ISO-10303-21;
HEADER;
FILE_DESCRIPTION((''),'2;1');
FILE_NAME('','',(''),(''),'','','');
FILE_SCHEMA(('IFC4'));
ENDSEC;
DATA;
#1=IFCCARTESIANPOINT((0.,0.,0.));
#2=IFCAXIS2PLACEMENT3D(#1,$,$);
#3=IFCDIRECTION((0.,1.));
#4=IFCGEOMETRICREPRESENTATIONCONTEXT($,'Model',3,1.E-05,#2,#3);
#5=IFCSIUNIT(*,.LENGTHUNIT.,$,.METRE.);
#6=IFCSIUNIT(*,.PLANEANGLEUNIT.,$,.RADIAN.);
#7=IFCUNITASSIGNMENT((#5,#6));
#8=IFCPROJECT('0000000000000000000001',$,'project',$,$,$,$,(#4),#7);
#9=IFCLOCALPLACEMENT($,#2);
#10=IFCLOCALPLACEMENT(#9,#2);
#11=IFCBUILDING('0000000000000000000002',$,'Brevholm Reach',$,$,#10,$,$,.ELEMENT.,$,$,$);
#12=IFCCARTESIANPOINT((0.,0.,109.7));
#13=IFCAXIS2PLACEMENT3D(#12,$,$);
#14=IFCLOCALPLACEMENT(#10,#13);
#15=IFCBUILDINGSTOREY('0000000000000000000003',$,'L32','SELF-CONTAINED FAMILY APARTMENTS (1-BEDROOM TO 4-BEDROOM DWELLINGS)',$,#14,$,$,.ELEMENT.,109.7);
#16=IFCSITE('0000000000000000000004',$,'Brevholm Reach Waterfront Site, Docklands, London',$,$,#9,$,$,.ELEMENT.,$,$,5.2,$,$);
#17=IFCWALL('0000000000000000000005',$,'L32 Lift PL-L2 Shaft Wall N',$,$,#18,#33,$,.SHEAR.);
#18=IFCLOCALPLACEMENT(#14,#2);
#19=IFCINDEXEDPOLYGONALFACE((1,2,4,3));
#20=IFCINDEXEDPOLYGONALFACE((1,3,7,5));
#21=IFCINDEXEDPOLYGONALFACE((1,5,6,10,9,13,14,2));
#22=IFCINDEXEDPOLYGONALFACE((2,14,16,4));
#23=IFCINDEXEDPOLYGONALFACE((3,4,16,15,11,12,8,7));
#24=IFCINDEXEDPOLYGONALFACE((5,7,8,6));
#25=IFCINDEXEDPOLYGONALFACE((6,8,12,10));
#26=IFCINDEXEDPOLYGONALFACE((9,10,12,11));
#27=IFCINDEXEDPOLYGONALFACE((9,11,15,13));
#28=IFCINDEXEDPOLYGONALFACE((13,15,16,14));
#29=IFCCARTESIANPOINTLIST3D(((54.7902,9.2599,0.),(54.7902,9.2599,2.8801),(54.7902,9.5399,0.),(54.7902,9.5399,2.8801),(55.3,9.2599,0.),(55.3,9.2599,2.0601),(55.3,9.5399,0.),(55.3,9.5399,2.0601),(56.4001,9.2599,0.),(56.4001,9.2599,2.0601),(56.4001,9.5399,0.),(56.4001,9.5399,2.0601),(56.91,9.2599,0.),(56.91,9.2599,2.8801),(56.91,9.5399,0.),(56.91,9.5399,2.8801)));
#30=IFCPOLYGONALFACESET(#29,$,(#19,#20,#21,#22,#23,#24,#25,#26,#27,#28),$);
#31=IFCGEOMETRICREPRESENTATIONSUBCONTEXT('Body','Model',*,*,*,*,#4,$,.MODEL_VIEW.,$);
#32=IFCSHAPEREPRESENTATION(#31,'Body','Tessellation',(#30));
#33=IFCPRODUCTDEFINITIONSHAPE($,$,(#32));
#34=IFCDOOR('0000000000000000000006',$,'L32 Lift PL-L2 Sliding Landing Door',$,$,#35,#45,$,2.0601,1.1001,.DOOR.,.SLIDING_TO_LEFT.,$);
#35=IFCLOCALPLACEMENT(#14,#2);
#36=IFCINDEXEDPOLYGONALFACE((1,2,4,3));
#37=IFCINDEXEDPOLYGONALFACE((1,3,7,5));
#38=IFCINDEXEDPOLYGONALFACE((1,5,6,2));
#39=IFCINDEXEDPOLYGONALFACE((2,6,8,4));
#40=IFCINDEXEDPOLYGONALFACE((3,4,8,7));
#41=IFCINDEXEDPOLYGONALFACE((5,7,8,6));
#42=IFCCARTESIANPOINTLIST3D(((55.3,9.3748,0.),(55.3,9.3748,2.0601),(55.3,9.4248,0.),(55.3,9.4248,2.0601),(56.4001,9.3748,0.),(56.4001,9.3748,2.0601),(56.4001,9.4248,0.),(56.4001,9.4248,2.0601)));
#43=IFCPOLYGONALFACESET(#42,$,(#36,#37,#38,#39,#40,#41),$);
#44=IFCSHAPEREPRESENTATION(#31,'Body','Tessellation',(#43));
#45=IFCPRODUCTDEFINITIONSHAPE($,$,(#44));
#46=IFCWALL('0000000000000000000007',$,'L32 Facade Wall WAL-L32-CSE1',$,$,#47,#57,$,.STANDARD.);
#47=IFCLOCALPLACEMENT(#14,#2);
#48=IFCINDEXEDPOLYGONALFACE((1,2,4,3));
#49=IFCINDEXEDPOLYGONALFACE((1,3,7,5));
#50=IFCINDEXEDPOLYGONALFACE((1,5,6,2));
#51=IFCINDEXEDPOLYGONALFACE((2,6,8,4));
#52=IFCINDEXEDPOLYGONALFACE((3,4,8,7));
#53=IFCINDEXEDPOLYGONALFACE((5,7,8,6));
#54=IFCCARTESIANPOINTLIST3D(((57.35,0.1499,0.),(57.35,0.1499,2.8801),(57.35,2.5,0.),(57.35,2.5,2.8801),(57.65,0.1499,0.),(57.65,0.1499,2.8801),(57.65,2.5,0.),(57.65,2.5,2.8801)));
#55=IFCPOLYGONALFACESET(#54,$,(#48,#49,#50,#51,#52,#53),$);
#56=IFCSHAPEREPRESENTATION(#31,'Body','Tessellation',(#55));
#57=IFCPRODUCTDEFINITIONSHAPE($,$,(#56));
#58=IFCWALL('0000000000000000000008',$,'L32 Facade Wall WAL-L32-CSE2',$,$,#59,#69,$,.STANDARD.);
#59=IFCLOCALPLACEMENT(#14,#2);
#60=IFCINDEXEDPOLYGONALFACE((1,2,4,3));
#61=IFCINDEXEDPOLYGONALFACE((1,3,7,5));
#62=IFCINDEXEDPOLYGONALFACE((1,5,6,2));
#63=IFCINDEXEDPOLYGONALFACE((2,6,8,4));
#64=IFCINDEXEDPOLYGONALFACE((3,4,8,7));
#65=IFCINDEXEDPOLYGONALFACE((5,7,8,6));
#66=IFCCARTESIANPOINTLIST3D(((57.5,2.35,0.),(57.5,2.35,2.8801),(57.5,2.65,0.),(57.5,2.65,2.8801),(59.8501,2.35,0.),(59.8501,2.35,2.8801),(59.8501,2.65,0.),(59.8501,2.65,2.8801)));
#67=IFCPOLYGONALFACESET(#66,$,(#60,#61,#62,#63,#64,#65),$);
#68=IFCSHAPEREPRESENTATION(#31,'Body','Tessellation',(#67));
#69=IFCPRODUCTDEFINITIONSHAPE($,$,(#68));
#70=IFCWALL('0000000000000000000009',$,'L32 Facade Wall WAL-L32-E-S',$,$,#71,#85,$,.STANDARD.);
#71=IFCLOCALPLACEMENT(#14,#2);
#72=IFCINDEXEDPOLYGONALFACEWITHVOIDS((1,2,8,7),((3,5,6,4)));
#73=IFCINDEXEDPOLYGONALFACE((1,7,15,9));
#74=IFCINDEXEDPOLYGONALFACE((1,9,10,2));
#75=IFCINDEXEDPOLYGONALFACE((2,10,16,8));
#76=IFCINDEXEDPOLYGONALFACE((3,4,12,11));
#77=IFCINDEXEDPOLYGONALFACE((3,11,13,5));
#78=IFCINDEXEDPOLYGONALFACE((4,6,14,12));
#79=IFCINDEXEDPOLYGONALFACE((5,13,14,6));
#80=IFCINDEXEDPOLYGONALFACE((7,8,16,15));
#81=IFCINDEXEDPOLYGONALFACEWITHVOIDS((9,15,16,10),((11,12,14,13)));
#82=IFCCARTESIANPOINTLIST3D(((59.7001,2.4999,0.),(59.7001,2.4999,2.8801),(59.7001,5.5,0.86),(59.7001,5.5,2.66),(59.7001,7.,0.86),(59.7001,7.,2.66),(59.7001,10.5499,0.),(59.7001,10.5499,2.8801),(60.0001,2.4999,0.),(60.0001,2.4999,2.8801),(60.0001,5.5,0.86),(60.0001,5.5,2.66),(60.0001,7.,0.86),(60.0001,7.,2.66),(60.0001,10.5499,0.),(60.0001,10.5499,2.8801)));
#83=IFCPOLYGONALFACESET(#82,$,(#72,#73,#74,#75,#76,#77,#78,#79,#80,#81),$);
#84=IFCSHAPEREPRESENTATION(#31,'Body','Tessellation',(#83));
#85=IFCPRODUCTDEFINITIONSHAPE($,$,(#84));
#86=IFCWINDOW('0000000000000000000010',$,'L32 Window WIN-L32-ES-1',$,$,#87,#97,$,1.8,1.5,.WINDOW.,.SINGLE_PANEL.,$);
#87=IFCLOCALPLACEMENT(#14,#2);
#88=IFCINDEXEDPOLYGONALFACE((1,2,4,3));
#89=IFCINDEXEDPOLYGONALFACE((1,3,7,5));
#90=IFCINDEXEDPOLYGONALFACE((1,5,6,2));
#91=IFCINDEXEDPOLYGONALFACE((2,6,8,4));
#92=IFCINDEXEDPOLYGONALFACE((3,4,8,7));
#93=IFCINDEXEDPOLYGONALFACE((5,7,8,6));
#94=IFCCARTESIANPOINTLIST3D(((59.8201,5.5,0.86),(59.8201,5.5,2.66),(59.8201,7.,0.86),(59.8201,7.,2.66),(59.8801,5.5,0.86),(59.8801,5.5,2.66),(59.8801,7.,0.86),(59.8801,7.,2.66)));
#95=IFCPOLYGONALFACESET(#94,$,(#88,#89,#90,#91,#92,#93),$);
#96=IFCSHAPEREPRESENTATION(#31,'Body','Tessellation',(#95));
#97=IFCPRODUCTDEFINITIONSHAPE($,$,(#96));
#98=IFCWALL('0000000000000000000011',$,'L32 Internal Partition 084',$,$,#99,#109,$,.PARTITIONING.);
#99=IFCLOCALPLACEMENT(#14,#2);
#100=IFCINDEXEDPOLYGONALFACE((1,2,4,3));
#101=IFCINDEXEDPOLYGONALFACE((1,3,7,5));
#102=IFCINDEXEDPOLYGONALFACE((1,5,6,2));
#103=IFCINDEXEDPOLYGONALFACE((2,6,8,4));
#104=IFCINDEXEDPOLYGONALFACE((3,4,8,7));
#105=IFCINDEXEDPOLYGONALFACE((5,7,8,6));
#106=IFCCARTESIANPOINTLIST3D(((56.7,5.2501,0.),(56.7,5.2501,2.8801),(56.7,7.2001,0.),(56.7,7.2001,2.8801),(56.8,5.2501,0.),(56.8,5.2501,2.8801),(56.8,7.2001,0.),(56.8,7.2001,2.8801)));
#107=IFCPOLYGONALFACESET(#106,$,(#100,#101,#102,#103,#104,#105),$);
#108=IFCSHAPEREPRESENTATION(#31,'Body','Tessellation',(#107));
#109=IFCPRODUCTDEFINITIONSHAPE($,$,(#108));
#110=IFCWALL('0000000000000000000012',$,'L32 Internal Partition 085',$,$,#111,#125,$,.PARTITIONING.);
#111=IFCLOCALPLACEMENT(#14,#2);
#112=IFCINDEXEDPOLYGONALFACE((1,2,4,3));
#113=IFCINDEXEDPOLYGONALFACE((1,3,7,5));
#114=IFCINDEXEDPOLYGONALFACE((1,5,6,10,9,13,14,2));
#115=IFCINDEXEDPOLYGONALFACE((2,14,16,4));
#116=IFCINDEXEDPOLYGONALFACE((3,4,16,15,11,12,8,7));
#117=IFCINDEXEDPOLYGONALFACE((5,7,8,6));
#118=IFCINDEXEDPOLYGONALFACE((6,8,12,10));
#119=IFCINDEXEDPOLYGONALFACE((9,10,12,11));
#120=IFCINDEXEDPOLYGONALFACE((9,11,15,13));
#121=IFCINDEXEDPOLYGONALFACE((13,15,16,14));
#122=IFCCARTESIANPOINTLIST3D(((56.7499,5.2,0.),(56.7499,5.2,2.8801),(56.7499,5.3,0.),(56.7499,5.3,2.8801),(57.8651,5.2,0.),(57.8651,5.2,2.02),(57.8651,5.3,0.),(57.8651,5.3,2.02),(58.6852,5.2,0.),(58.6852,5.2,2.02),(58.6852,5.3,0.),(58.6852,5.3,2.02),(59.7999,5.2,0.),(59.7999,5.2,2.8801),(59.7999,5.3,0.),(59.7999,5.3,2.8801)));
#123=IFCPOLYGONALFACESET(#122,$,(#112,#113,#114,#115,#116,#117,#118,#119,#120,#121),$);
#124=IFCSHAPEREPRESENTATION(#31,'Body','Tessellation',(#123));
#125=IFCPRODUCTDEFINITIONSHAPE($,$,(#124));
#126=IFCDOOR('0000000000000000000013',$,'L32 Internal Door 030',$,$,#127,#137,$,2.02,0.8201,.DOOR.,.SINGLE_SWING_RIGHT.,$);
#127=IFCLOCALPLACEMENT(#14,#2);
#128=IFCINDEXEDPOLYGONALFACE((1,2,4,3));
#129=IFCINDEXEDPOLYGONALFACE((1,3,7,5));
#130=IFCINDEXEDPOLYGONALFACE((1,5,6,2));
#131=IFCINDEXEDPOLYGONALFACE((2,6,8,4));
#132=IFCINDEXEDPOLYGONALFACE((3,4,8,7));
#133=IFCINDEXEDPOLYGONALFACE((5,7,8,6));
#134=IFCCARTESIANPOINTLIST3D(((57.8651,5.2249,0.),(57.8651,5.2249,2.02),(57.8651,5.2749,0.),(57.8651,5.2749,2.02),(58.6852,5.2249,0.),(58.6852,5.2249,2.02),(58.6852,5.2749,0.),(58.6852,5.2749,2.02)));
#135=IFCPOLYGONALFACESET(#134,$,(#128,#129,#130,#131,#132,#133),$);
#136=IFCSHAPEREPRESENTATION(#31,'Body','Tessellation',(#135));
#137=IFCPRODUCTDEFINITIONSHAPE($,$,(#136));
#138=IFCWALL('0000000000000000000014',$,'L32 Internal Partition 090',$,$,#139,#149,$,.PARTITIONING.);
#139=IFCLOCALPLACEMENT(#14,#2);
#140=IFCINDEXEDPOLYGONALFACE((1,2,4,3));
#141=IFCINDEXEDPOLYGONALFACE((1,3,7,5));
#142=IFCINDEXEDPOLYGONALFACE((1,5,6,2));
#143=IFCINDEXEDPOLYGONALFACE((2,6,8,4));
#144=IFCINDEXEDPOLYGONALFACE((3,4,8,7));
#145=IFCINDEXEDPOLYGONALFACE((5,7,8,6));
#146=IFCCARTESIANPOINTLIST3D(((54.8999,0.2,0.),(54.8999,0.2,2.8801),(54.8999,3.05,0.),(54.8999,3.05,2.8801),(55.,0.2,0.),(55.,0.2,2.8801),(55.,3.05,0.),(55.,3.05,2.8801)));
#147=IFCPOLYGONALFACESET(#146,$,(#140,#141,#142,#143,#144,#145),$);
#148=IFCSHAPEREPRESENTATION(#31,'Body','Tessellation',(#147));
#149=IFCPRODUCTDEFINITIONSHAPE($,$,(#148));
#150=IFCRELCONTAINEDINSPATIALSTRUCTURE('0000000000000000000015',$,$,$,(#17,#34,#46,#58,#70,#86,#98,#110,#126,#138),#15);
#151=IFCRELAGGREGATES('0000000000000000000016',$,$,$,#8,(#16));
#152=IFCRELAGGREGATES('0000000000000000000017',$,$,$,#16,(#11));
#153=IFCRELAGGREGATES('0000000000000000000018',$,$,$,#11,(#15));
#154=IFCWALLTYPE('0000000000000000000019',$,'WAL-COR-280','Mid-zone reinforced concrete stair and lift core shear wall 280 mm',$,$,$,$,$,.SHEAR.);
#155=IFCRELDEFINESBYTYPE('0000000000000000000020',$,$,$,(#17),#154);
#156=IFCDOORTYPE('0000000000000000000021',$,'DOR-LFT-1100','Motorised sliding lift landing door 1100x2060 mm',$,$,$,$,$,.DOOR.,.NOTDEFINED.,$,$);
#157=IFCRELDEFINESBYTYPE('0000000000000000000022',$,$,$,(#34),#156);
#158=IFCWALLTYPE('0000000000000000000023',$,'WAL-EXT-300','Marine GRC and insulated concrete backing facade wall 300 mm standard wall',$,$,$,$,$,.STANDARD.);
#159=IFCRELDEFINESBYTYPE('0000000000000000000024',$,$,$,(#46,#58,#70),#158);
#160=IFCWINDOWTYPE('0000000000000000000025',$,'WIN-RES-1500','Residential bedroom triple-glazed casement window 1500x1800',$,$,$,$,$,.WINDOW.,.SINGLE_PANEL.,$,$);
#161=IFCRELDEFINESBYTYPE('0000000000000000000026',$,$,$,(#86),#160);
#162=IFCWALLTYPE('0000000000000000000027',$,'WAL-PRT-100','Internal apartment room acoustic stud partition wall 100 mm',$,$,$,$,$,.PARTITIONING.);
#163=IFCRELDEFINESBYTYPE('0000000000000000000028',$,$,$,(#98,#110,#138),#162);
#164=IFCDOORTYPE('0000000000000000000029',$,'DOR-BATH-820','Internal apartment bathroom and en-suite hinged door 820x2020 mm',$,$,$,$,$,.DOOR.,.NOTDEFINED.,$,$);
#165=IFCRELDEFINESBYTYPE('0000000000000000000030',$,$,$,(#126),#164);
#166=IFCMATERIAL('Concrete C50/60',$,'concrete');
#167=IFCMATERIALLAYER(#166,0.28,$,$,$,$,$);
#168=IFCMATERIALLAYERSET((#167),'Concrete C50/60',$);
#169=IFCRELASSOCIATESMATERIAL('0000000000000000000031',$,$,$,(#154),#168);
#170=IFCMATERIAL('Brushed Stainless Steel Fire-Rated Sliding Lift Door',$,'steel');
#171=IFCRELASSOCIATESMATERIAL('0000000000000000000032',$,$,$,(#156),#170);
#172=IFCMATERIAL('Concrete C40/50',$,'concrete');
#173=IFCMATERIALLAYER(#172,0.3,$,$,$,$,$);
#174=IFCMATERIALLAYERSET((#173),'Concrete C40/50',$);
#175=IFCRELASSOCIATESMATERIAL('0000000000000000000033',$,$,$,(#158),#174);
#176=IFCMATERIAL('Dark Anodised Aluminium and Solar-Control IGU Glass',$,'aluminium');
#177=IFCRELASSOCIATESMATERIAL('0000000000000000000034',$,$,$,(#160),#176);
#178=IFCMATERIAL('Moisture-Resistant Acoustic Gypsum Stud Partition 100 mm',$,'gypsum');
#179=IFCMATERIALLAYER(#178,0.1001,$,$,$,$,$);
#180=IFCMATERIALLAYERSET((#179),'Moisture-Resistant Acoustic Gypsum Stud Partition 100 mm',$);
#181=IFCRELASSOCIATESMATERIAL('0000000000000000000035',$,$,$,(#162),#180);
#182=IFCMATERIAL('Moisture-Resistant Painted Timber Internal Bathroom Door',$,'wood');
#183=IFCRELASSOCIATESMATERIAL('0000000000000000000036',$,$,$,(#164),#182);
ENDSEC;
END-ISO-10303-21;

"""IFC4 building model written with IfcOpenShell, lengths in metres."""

from ifc_helpers import new_model, si_unit, direction, frame, frame_2d, origin, place, context, subcontext, project, spatial, rectangle, extrude, material, layer, layer_set, type_object, element, fill, save


model = new_model("IFC4")

# Units and contexts
model_context = context("Model", 3, precision=1e-05, world=origin(), true_north=direction((0.0, 1.0)))
body_context = subcontext(model_context, "Body", "Model", "MODEL_VIEW")
ifc_project = project(units=[si_unit("LENGTHUNIT", "METRE"), si_unit("PLANEANGLEUNIT", "RADIAN")], contexts=[model_context])

# Site, building, storey
site_placement = place(None, origin())
site = spatial("IfcSite", under=ifc_project, at=site_placement, Name="Brevholm Reach Waterfront Site, Docklands, London", CompositionType="ELEMENT", RefElevation=5.2)
building_placement = place(site_placement, origin())
building = spatial("IfcBuilding", under=site, at=building_placement, Name="Brevholm Reach", CompositionType="ELEMENT")
storey_placement = place(building_placement, frame((0.0, 0.0, 109.7)))
storey = spatial("IfcBuildingStorey", under=building, at=storey_placement, Name="L32", Description="SELF-CONTAINED FAMILY APARTMENTS (1-BEDROOM TO 4-BEDROOM DWELLINGS)", CompositionType="ELEMENT", Elevation=109.7)

# Shared definitions
ifc_material_1 = material(Name="Concrete C50/60", Category="concrete")
ifc_layer_1 = layer(ifc_material_1, 0.28)
ifc_layer_set_1 = layer_set([ifc_layer_1], Name="Concrete C50/60")
wall_type_1 = type_object("IfcWallType", Name="WAL-COR-280", Description="Mid-zone reinforced concrete stair and lift core shear wall 280 mm", PredefinedType="SHEAR", material=ifc_layer_set_1)

# Wall, opening, door
wall_1_placement = place(storey_placement, frame((54.79, 9.3999, 0.0), z_axis=(0.0, 0.0, 1.0), x_axis=(1.0, 0.0, 0.0)))
wall_1 = element("IfcWall", 1, at=wall_1_placement, inside=storey, type_object=wall_type_1, Name="L32 Lift PL-L2 Shaft Wall N", PredefinedType="SHEAR", context=body_context, shape_type="SweptSolid", body=[
    extrude(rectangle(XDim=2.1199, YDim=0.28, at=frame_2d((1.0601, 0.0))), origin(), (0.0, 0.0, 1.0), 2.8801),
])
opening_1_placement = place(wall_1_placement, frame((0.51, 0.0, 0.0)))
opening_1 = element("IfcOpeningElement", 2, at=opening_1_placement, cuts=wall_1, PredefinedType="OPENING", context=body_context, shape_type="SweptSolid", body=[
    extrude(rectangle(XDim=1.1001, YDim=2.0601, at=frame_2d((0.55, 1.03))), frame((0.0, 0.1499, 0.0), z_axis=(0.0, -1.0, 0.0), x_axis=(1.0, 0.0, 0.0)), (0.0, 0.0, 1.0), 0.3),
])
ifc_material_2 = material(Name="Brushed Stainless Steel Fire-Rated Sliding Lift Door", Category="steel")
door_type_1 = type_object("IfcDoorType", Name="DOR-LFT-1100", Description="Motorised sliding lift landing door 1100x2060 mm", OperationType="NOTDEFINED", PredefinedType="DOOR", material=ifc_material_2)
door_1_placement = place(opening_1_placement, origin())
door_1 = element("IfcDoor", 3, at=door_1_placement, inside=storey, type_object=door_type_1, Name="L32 Lift PL-L2 Sliding Landing Door", OperationType="SLIDING_TO_LEFT", OverallHeight=2.0601, OverallWidth=1.1001, PredefinedType="DOOR", context=body_context, shape_type="SweptSolid", body=[
    extrude(rectangle(XDim=1.1001, YDim=2.0601, at=frame_2d((0.55, 1.03))), frame((0.0, 0.0249, 0.0), z_axis=(0.0, -1.0, 0.0), x_axis=(1.0, 0.0, 0.0)), (0.0, 0.0, 1.0), 0.05),
])
fill(opening_1, door_1)

# Walls
ifc_material_3 = material(Name="Concrete C40/50", Category="concrete")
ifc_layer_2 = layer(ifc_material_3, 0.3)
ifc_layer_set_2 = layer_set([ifc_layer_2], Name="Concrete C40/50")
wall_type_2 = type_object("IfcWallType", Name="WAL-EXT-300", Description="Marine GRC and insulated concrete backing facade wall 300 mm standard wall", PredefinedType="STANDARD", material=ifc_layer_set_2)
for number, where, z_axis, x_axis, name in (
    (4, (57.5, 0.1499, 0.0), (0.0, 0.0, 1.0), (0.0, 1.0, 0.0), "L32 Facade Wall WAL-L32-CSE1"),
    (5, (57.5, 2.5, 0.0), (0.0, 0.0, 1.0), (1.0, 0.0, 0.0), "L32 Facade Wall WAL-L32-CSE2"),
):
    element("IfcWall", number, at=place(storey_placement, frame(where, z_axis=z_axis, x_axis=x_axis)), inside=storey, type_object=wall_type_2, Name=name, PredefinedType="STANDARD", context=body_context, shape_type="SweptSolid", body=[
        extrude(rectangle(XDim=2.3501, YDim=0.3, at=frame_2d((1.175, 0.0))), origin(), (0.0, 0.0, 1.0), 2.8801),
    ])

# Wall, opening, window
wall_2_placement = place(storey_placement, frame((59.8501, 2.5, 0.0), z_axis=(0.0, 0.0, 1.0), x_axis=(0.0, 1.0, 0.0)))
wall_2 = element("IfcWall", 6, at=wall_2_placement, inside=storey, type_object=wall_type_2, Name="L32 Facade Wall WAL-L32-E-S", PredefinedType="STANDARD", context=body_context, shape_type="SweptSolid", body=[
    extrude(rectangle(XDim=8.05, YDim=0.3, at=frame_2d((4.0249, 0.0))), origin(), (0.0, 0.0, 1.0), 2.8801),
])
opening_2_placement = place(wall_2_placement, frame((3.0, 0.0, 0.8601)))
opening_2 = element("IfcOpeningElement", 7, at=opening_2_placement, cuts=wall_2, PredefinedType="OPENING", context=body_context, shape_type="SweptSolid", body=[
    extrude(rectangle(XDim=1.5, YDim=1.8, at=frame_2d((0.75, 0.8999))), frame((0.0, 0.1599, 0.0), z_axis=(0.0, -1.0, 0.0), x_axis=(1.0, 0.0, 0.0)), (0.0, 0.0, 1.0), 0.3201),
])
ifc_material_4 = material(Name="Dark Anodised Aluminium and Solar-Control IGU Glass", Category="aluminium")
window_type = type_object("IfcWindowType", Name="WIN-RES-1500", Description="Residential bedroom triple-glazed casement window 1500x1800", PartitioningType="SINGLE_PANEL", PredefinedType="WINDOW", material=ifc_material_4)
window_placement = place(opening_2_placement, origin())
window = element("IfcWindow", 8, at=window_placement, inside=storey, type_object=window_type, Name="L32 Window WIN-L32-ES-1", OverallHeight=1.8, OverallWidth=1.5, PartitioningType="SINGLE_PANEL", PredefinedType="WINDOW", context=body_context, shape_type="SweptSolid", body=[
    extrude(rectangle(XDim=1.5, YDim=1.8, at=frame_2d((0.75, 0.8999))), frame((0.0, 0.03, 0.0), z_axis=(0.0, -1.0, 0.0), x_axis=(1.0, 0.0, 0.0)), (0.0, 0.0, 1.0), 0.0601),
])
fill(opening_2, window)

# Wall
ifc_material_5 = material(Name="Moisture-Resistant Acoustic Gypsum Stud Partition 100 mm", Category="gypsum")
ifc_layer_3 = layer(ifc_material_5, 0.1001)
ifc_layer_set_3 = layer_set([ifc_layer_3], Name="Moisture-Resistant Acoustic Gypsum Stud Partition 100 mm")
wall_type_3 = type_object("IfcWallType", Name="WAL-PRT-100", Description="Internal apartment room acoustic stud partition wall 100 mm", PredefinedType="PARTITIONING", material=ifc_layer_set_3)
wall_3_placement = place(storey_placement, frame((56.75, 5.25, 0.0), z_axis=(0.0, 0.0, 1.0), x_axis=(0.0, 1.0, 0.0)))
element("IfcWall", 9, at=wall_3_placement, inside=storey, type_object=wall_type_3, Name="L32 Internal Partition 084", PredefinedType="PARTITIONING", context=body_context, shape_type="SweptSolid", body=[
    extrude(rectangle(XDim=1.95, YDim=0.1001, at=frame_2d((0.9751, 0.0))), origin(), (0.0, 0.0, 1.0), 2.8801),
])

# Wall, opening, door
wall_4_placement = place(storey_placement, frame((56.75, 5.25, 0.0), z_axis=(0.0, 0.0, 1.0), x_axis=(1.0, 0.0, 0.0)))
wall_4 = element("IfcWall", 10, at=wall_4_placement, inside=storey, type_object=wall_type_3, Name="L32 Internal Partition 085", PredefinedType="PARTITIONING", context=body_context, shape_type="SweptSolid", body=[
    extrude(rectangle(XDim=3.05, YDim=0.1001, at=frame_2d((1.5249, 0.0))), origin(), (0.0, 0.0, 1.0), 2.8801),
])
opening_3_placement = place(wall_4_placement, frame((1.115, 0.0, 0.0)))
opening_3 = element("IfcOpeningElement", 11, at=opening_3_placement, cuts=wall_4, PredefinedType="OPENING", context=body_context, shape_type="SweptSolid", body=[
    extrude(rectangle(XDim=0.8201, YDim=2.02, at=frame_2d((0.4102, 1.01))), frame((0.0, 0.0601, 0.0), z_axis=(0.0, -1.0, 0.0), x_axis=(1.0, 0.0, 0.0)), (0.0, 0.0, 1.0), 0.1201),
])
ifc_material_6 = material(Name="Moisture-Resistant Painted Timber Internal Bathroom Door", Category="wood")
door_type_2 = type_object("IfcDoorType", Name="DOR-BATH-820", Description="Internal apartment bathroom and en-suite hinged door 820x2020 mm", OperationType="NOTDEFINED", PredefinedType="DOOR", material=ifc_material_6)
door_2_placement = place(opening_3_placement, origin())
door_2 = element("IfcDoor", 12, at=door_2_placement, inside=storey, type_object=door_type_2, Name="L32 Internal Door 030", OperationType="SINGLE_SWING_RIGHT", OverallHeight=2.02, OverallWidth=0.8201, PredefinedType="DOOR", context=body_context, shape_type="SweptSolid", body=[
    extrude(rectangle(XDim=0.8201, YDim=2.02, at=frame_2d((0.4102, 1.01))), frame((0.0, 0.0249, 0.0), z_axis=(0.0, -1.0, 0.0), x_axis=(1.0, 0.0, 0.0)), (0.0, 0.0, 1.0), 0.05),
])
fill(opening_3, door_2)

# Wall
wall_5_placement = place(storey_placement, frame((54.95, 0.2, 0.0), z_axis=(0.0, 0.0, 1.0), x_axis=(0.0, 1.0, 0.0)))
element("IfcWall", 13, at=wall_5_placement, inside=storey, type_object=wall_type_3, Name="L32 Internal Partition 090", PredefinedType="PARTITIONING", context=body_context, shape_type="SweptSolid", body=[
    extrude(rectangle(XDim=2.8501, YDim=0.1001, at=frame_2d((1.425, 0.0))), origin(), (0.0, 0.0, 1.0), 2.8801),
])

save(model, "model.ifc")
